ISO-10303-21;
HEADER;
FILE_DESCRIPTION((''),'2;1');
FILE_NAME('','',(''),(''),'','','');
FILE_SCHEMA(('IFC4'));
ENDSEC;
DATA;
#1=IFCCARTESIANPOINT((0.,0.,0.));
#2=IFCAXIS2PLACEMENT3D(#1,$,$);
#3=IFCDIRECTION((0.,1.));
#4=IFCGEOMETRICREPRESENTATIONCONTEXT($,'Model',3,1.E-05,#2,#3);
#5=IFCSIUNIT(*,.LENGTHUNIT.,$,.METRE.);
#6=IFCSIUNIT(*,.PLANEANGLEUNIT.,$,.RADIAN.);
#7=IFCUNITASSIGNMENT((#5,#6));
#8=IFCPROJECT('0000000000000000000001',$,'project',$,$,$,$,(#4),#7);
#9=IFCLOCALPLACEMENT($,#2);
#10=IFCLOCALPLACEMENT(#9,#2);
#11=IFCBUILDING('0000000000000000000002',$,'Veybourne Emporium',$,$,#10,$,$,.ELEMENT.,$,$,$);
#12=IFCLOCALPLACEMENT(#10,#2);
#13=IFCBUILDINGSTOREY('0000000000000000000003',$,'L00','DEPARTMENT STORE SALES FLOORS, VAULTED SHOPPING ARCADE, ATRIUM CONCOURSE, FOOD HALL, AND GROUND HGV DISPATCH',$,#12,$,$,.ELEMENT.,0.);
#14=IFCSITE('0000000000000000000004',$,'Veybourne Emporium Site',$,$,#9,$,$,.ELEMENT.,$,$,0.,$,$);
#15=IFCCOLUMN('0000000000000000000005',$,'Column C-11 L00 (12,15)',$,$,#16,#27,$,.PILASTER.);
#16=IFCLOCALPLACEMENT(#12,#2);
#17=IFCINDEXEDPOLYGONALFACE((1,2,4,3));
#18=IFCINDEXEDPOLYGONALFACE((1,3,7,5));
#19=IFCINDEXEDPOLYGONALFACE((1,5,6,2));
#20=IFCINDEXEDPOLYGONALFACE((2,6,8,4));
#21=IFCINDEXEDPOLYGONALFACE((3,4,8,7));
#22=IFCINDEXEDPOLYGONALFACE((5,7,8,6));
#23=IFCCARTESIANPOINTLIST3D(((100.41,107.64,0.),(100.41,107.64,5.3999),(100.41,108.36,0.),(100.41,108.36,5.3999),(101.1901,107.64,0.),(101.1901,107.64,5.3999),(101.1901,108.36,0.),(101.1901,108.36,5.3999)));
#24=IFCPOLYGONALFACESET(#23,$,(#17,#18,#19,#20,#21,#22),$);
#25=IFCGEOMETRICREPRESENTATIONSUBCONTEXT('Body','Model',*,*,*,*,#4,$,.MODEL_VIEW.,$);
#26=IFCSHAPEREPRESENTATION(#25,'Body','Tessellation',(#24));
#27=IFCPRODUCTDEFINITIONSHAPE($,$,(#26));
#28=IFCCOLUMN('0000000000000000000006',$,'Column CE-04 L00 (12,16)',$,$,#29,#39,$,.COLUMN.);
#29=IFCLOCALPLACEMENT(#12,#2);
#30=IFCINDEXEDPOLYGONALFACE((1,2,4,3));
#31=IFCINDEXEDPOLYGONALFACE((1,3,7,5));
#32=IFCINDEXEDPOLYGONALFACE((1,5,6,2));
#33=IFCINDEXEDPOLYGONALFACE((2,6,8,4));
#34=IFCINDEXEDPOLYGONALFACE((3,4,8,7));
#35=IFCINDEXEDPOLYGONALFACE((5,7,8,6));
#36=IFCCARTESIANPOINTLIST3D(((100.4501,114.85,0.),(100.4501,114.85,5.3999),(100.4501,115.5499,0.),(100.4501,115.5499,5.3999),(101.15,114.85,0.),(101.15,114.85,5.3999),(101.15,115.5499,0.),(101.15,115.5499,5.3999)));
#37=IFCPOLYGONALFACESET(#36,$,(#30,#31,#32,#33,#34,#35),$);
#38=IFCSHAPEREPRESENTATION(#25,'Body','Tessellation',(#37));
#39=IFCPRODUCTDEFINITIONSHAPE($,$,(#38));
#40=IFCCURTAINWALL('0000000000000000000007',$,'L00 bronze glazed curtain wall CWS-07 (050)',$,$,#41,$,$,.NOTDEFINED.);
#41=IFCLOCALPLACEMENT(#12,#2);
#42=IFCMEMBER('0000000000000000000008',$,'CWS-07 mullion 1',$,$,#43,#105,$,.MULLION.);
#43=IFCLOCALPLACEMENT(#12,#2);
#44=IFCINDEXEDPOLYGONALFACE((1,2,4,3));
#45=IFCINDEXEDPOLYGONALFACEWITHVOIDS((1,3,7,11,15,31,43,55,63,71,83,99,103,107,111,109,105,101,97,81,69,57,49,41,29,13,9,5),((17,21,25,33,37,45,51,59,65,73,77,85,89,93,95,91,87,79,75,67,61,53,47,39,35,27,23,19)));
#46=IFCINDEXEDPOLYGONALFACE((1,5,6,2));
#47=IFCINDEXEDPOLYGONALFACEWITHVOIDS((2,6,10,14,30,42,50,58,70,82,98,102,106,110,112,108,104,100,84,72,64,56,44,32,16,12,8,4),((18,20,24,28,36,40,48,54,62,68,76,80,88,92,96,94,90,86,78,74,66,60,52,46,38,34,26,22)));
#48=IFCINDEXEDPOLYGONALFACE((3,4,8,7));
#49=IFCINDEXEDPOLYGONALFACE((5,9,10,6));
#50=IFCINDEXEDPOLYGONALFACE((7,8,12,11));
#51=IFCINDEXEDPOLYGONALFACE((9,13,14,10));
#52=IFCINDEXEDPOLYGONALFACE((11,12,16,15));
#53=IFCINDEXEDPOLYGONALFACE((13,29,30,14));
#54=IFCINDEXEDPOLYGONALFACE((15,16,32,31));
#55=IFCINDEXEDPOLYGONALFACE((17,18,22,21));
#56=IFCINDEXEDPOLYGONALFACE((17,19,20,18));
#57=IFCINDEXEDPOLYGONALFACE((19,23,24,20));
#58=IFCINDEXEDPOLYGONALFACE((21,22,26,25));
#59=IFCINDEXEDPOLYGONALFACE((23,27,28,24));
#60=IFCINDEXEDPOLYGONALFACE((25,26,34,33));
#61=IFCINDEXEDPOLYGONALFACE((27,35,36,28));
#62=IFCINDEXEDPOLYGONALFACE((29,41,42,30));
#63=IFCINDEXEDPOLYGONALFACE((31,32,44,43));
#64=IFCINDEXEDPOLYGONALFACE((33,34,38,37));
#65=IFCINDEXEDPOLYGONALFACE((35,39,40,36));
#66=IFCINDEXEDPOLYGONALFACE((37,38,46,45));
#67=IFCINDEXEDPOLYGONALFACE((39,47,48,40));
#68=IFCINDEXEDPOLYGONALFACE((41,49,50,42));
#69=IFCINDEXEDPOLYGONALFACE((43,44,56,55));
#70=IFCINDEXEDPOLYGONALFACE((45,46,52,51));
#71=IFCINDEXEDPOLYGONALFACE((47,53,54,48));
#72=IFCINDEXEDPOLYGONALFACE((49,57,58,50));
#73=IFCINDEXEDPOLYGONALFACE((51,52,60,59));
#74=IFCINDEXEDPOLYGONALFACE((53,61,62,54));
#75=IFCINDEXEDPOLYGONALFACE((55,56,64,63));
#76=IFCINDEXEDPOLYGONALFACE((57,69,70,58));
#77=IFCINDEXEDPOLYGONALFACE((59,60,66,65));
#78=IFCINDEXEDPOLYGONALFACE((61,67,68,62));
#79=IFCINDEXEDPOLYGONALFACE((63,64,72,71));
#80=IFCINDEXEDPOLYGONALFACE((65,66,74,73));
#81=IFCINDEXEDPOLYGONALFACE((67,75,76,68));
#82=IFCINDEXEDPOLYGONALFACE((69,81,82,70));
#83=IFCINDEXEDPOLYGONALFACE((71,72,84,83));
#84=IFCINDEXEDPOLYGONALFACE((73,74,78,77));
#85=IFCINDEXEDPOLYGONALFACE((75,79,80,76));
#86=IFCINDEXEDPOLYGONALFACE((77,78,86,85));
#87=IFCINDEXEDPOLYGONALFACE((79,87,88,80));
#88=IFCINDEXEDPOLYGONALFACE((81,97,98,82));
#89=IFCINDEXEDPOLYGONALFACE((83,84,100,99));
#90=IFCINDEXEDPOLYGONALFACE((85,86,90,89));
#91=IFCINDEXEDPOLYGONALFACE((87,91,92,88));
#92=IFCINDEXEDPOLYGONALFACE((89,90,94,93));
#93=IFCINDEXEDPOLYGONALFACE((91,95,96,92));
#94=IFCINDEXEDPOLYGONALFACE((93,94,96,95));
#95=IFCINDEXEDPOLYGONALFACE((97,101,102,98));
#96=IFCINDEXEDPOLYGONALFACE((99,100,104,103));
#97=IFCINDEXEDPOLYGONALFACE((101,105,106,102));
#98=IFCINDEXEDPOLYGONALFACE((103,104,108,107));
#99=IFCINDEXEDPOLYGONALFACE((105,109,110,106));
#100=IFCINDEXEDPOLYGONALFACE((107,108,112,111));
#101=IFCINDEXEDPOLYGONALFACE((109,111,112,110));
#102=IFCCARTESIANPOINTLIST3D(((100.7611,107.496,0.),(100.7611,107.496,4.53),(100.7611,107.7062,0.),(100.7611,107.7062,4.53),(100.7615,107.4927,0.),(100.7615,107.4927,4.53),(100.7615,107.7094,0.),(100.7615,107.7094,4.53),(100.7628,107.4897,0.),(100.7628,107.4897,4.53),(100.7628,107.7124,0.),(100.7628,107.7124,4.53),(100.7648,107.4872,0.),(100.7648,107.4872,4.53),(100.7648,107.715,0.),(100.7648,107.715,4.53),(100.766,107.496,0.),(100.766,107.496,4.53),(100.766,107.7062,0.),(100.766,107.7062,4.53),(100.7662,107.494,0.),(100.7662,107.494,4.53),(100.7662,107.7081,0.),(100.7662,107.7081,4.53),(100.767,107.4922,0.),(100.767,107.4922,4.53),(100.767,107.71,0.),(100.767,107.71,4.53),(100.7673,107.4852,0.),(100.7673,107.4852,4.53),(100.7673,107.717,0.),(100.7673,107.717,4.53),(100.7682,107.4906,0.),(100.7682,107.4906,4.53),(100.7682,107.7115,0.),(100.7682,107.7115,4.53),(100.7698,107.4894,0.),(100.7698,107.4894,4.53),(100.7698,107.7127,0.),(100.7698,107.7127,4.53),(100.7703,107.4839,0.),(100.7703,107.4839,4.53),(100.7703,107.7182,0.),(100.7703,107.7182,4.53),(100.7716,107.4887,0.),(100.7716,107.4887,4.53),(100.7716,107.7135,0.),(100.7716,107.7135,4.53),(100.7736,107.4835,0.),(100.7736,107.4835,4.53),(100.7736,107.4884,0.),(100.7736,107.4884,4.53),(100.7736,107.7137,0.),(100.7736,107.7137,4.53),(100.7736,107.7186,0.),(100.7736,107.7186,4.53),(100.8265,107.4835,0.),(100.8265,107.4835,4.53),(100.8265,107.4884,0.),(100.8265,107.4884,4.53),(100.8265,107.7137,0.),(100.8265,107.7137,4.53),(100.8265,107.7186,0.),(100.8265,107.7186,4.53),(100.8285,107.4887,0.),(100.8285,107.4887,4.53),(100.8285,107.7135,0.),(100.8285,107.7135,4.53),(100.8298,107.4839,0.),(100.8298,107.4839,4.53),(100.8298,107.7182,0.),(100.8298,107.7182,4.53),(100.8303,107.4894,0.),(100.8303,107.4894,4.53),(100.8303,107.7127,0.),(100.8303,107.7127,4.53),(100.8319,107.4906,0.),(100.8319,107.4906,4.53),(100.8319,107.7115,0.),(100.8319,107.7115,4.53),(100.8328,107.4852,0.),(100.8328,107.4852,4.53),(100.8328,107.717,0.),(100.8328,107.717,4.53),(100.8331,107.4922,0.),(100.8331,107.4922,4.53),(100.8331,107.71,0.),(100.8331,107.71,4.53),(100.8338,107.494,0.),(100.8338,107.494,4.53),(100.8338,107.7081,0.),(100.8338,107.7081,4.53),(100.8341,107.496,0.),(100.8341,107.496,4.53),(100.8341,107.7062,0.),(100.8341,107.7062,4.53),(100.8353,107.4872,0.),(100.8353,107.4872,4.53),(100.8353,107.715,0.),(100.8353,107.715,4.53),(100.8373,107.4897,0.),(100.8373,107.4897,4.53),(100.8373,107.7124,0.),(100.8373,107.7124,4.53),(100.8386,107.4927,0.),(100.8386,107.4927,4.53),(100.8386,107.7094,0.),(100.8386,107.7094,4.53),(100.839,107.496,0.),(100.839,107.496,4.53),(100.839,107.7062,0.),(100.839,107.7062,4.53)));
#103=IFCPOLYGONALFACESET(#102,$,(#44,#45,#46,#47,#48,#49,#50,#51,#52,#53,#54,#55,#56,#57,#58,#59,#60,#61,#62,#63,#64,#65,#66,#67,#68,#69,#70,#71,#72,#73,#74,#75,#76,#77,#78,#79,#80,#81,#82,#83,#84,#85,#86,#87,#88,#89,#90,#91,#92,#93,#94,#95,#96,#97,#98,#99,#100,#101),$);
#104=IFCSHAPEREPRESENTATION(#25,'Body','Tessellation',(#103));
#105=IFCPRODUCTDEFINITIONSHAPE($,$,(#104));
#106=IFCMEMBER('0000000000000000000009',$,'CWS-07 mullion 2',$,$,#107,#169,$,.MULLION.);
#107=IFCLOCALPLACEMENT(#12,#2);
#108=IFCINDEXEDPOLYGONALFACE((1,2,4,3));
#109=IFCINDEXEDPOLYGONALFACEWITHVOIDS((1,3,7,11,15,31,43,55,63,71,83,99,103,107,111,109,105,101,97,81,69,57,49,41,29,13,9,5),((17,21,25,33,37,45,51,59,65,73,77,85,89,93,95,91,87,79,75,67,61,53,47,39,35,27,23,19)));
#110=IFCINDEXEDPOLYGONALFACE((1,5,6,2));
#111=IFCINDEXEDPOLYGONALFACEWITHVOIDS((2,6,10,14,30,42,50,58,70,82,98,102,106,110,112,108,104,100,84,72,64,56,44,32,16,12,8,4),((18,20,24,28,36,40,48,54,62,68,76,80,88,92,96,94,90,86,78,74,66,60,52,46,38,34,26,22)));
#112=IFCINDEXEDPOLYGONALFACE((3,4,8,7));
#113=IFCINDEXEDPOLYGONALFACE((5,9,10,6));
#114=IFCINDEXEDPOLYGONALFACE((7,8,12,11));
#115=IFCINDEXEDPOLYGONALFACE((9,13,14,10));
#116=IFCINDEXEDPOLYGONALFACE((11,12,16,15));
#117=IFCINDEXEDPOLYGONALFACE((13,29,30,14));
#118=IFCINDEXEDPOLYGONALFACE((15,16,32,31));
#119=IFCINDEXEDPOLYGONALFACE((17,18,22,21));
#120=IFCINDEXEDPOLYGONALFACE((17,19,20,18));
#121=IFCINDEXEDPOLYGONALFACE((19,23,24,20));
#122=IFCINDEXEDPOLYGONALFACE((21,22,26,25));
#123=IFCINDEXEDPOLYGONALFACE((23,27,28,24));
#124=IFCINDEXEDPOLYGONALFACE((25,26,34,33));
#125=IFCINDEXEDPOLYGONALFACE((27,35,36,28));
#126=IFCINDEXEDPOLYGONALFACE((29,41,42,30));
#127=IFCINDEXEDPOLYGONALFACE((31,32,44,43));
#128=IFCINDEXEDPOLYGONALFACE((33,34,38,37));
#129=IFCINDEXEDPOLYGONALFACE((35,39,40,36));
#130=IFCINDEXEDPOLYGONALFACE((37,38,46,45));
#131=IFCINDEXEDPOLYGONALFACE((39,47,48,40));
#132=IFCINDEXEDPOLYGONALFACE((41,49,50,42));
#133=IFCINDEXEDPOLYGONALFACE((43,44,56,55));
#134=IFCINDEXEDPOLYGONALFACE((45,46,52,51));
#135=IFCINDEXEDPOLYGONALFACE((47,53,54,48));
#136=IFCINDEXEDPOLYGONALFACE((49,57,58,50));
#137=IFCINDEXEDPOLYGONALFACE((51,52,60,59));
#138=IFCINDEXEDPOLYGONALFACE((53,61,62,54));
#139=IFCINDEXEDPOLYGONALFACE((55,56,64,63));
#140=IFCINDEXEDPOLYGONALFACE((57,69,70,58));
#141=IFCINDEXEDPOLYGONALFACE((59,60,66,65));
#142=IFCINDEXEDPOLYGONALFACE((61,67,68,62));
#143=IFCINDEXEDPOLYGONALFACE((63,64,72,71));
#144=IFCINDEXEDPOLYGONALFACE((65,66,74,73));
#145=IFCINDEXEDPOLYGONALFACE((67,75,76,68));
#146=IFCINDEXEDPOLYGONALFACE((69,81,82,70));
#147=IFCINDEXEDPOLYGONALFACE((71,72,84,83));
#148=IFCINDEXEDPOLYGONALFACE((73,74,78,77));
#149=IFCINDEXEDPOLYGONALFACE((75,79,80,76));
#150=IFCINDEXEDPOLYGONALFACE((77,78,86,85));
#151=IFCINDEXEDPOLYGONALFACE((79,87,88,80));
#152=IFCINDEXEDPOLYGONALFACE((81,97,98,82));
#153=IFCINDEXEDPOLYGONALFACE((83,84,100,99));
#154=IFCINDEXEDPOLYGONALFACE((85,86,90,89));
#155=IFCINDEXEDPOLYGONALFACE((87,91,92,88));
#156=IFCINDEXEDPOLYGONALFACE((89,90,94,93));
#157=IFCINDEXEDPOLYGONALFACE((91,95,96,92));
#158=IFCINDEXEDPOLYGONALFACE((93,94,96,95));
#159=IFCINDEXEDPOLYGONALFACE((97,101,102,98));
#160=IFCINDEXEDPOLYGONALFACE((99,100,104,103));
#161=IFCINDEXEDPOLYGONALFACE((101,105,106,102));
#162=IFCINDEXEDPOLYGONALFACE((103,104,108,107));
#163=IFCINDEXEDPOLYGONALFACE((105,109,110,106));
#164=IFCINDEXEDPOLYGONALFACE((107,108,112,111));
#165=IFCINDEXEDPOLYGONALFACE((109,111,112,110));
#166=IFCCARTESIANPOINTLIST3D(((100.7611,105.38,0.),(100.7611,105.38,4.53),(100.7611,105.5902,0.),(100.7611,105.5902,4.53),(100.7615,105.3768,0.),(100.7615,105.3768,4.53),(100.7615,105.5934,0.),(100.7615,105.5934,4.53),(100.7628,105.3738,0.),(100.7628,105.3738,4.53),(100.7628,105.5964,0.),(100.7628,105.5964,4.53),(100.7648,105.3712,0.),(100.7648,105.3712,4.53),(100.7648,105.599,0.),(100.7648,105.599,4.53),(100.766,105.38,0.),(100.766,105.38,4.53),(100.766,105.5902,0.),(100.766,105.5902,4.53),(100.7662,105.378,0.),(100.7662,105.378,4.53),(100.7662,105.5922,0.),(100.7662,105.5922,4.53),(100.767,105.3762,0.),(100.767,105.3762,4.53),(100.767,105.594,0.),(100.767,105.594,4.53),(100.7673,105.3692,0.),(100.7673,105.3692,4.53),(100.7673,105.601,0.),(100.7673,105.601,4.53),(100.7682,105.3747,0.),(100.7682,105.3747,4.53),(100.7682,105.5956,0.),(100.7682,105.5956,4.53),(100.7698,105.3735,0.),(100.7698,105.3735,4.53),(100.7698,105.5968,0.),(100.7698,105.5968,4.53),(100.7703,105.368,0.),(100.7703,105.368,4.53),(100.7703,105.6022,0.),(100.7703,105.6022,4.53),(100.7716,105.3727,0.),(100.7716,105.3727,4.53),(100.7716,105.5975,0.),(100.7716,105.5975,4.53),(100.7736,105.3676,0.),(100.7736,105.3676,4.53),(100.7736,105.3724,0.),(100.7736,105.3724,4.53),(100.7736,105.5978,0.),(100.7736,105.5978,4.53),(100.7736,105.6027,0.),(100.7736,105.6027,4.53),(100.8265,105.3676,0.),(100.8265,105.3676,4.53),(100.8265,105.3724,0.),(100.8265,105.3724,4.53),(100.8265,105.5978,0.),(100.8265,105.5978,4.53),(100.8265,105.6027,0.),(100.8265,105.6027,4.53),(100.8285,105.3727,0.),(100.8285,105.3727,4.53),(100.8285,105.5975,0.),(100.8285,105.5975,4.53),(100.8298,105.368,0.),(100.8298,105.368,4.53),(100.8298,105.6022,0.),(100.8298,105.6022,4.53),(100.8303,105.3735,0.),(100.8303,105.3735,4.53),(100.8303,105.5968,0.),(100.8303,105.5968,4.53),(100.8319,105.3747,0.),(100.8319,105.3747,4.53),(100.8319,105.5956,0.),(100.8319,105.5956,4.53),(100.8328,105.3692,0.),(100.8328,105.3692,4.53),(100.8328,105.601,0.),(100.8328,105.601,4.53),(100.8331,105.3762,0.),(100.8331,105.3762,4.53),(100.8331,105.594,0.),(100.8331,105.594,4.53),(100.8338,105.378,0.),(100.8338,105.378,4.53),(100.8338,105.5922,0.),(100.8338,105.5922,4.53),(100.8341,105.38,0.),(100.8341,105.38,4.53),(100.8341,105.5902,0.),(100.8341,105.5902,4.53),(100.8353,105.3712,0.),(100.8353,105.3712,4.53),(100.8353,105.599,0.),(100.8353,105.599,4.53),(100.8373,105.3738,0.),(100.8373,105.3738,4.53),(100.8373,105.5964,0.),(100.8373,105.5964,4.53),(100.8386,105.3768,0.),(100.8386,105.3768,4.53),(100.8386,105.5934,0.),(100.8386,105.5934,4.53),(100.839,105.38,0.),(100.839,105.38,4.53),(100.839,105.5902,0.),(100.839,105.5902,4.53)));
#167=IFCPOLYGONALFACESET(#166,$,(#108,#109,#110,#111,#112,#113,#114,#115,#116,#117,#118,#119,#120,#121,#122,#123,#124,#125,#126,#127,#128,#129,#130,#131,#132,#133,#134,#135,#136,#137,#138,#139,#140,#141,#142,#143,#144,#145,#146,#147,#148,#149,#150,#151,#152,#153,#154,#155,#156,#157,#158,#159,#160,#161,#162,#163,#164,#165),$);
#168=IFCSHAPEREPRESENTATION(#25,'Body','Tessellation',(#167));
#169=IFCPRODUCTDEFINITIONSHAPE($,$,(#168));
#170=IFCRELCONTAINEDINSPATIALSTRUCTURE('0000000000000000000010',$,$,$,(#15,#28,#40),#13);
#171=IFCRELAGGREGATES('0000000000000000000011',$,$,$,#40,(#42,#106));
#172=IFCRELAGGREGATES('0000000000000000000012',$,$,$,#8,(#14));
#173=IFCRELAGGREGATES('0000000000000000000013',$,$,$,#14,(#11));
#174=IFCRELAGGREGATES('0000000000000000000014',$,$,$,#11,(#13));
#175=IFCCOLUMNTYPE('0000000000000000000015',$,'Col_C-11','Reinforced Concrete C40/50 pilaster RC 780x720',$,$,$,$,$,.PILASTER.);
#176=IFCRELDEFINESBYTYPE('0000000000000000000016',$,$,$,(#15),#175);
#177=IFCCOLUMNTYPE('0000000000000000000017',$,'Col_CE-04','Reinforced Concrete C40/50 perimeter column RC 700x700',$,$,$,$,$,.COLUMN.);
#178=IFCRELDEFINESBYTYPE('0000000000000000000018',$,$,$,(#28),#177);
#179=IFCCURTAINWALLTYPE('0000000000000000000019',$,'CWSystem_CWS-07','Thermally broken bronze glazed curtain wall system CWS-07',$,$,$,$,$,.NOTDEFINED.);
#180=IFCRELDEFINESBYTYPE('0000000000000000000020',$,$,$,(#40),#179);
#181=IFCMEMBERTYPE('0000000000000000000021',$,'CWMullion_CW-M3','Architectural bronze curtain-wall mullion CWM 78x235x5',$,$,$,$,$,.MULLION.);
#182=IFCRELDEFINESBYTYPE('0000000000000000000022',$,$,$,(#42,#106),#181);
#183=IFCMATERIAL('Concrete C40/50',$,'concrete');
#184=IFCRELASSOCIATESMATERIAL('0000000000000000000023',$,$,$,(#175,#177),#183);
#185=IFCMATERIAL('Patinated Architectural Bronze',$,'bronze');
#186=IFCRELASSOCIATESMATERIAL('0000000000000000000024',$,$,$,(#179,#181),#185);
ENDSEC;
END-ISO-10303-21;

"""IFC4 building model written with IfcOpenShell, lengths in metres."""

from ifc_helpers import new_model, si_unit, direction, frame, origin, origin_2d, place, context, subcontext, project, spatial, rectangle, hollow_rectangle, extrude, material, material_profile, profile_set, type_object, element, aggregate, save


model = new_model("IFC4")

# Units and contexts
model_context = context("Model", 3, precision=1e-05, world=origin(), true_north=direction((0.0, 1.0)))
body_context = subcontext(model_context, "Body", "Model", "MODEL_VIEW")
ifc_project = project(units=[si_unit("LENGTHUNIT", "METRE"), si_unit("PLANEANGLEUNIT", "RADIAN")], contexts=[model_context])

# Site, building, storey
site_placement = place(None, origin())
site = spatial("IfcSite", under=ifc_project, at=site_placement, Name="Veybourne Emporium Site", CompositionType="ELEMENT", RefElevation=0.0)
building_placement = place(site_placement, origin())
building = spatial("IfcBuilding", under=site, at=building_placement, Name="Veybourne Emporium", CompositionType="ELEMENT")
storey_placement = place(building_placement, origin())
storey = spatial("IfcBuildingStorey", under=building, at=storey_placement, Name="L00", Description="DEPARTMENT STORE SALES FLOORS, VAULTED SHOPPING ARCADE, ATRIUM CONCOURSE, FOOD HALL, AND GROUND HGV DISPATCH", CompositionType="ELEMENT", Elevation=0.0)

# Columns
ifc_material_1 = material(Name="Concrete C40/50", Category="concrete")
ifc_material_profile_1 = material_profile(ifc_material_1, rectangle(XDim=0.78, YDim=0.72, at=origin_2d()), Name="RC 780x720")
ifc_profile_set_1 = profile_set([ifc_material_profile_1], Name="Concrete C40/50")
column_type_1 = type_object("IfcColumnType", Name="Col_C-11", Description="Reinforced Concrete C40/50 pilaster RC 780x720", PredefinedType="PILASTER", material=ifc_profile_set_1)
column_1_placement = place(storey_placement, frame((100.8, 108.0, 0.0), z_axis=(0.0, 0.0, 1.0), x_axis=(1.0, 0.0, 0.0)))
element("IfcColumn", 1, at=column_1_placement, inside=storey, type_object=column_type_1, Name="Column C-11 L00 (12,15)", PredefinedType="PILASTER", context=body_context, shape_type="SweptSolid", body=[
    extrude(rectangle(XDim=0.78, YDim=0.72, at=origin_2d()), origin(), (0.0, 0.0, 1.0), 5.3999),
])
ifc_material_profile_2 = material_profile(ifc_material_1, rectangle(XDim=0.7, YDim=0.7, at=origin_2d()), Name="RC 700x700")
ifc_profile_set_2 = profile_set([ifc_material_profile_2], Name="Concrete C40/50")
column_type_2 = type_object("IfcColumnType", Name="Col_CE-04", Description="Reinforced Concrete C40/50 perimeter column RC 700x700", PredefinedType="COLUMN", material=ifc_profile_set_2)
column_2_placement = place(storey_placement, frame((100.8, 115.2, 0.0), z_axis=(0.0, 0.0, 1.0), x_axis=(1.0, 0.0, 0.0)))
element("IfcColumn", 2, at=column_2_placement, inside=storey, type_object=column_type_2, Name="Column CE-04 L00 (12,16)", PredefinedType="COLUMN", context=body_context, shape_type="SweptSolid", body=[
    extrude(rectangle(XDim=0.7, YDim=0.7, at=origin_2d()), origin(), (0.0, 0.0, 1.0), 5.3999),
])

# Curtain wall, members
ifc_material_2 = material(Name="Patinated Architectural Bronze", Category="bronze")
curtain_wall_type_1 = type_object("IfcCurtainWallType", Name="CWSystem_CWS-07", Description="Thermally broken bronze glazed curtain wall system CWS-07", PredefinedType="NOTDEFINED", material=ifc_material_2)
curtain_wall_1_placement = place(storey_placement, origin())
curtain_wall_1 = element("IfcCurtainWall", 3, at=curtain_wall_1_placement, inside=storey, type_object=curtain_wall_type_1, Name="L00 bronze glazed curtain wall CWS-07 (050)", PredefinedType="NOTDEFINED")
ifc_material_profile_3 = material_profile(ifc_material_2, hollow_rectangle(XDim=0.0779, YDim=0.2351, WallThickness=0.0049, InnerFilletRadius=0.0076, OuterFilletRadius=0.0125, at=origin_2d()), Name="CWM 78x235x5")
ifc_profile_set_3 = profile_set([ifc_material_profile_3], Name="Patinated Architectural Bronze")
member_type_1 = type_object("IfcMemberType", Name="CWMullion_CW-M3", Description="Architectural bronze curtain-wall mullion CWM 78x235x5", PredefinedType="MULLION", material=ifc_profile_set_3)
member_1_placement = place(storey_placement, frame((100.8, 107.6011, 0.0), z_axis=(0.0, 0.0, 1.0), x_axis=(1.0, 0.0, 0.0)))
member_1 = element("IfcMember", 4, at=member_1_placement, type_object=member_type_1, Name="CWS-07 mullion 1", PredefinedType="MULLION", context=body_context, shape_type="SweptSolid", body=[
    extrude(hollow_rectangle(XDim=0.0779, YDim=0.2351, WallThickness=0.0049, InnerFilletRadius=0.0076, OuterFilletRadius=0.0125, at=origin_2d()), origin(), (0.0, 0.0, 1.0), 4.53),
])
member_2_placement = place(storey_placement, frame((100.8, 105.4851, 0.0), z_axis=(0.0, 0.0, 1.0), x_axis=(1.0, 0.0, 0.0)))
member_2 = element("IfcMember", 5, at=member_2_placement, type_object=member_type_1, Name="CWS-07 mullion 2", PredefinedType="MULLION", context=body_context, shape_type="SweptSolid", body=[
    extrude(hollow_rectangle(XDim=0.0779, YDim=0.2351, WallThickness=0.0049, InnerFilletRadius=0.0076, OuterFilletRadius=0.0125, at=origin_2d()), origin(), (0.0, 0.0, 1.0), 4.53),
])

aggregate(curtain_wall_1, [member_1, member_2])

save(model, "model.ifc")
